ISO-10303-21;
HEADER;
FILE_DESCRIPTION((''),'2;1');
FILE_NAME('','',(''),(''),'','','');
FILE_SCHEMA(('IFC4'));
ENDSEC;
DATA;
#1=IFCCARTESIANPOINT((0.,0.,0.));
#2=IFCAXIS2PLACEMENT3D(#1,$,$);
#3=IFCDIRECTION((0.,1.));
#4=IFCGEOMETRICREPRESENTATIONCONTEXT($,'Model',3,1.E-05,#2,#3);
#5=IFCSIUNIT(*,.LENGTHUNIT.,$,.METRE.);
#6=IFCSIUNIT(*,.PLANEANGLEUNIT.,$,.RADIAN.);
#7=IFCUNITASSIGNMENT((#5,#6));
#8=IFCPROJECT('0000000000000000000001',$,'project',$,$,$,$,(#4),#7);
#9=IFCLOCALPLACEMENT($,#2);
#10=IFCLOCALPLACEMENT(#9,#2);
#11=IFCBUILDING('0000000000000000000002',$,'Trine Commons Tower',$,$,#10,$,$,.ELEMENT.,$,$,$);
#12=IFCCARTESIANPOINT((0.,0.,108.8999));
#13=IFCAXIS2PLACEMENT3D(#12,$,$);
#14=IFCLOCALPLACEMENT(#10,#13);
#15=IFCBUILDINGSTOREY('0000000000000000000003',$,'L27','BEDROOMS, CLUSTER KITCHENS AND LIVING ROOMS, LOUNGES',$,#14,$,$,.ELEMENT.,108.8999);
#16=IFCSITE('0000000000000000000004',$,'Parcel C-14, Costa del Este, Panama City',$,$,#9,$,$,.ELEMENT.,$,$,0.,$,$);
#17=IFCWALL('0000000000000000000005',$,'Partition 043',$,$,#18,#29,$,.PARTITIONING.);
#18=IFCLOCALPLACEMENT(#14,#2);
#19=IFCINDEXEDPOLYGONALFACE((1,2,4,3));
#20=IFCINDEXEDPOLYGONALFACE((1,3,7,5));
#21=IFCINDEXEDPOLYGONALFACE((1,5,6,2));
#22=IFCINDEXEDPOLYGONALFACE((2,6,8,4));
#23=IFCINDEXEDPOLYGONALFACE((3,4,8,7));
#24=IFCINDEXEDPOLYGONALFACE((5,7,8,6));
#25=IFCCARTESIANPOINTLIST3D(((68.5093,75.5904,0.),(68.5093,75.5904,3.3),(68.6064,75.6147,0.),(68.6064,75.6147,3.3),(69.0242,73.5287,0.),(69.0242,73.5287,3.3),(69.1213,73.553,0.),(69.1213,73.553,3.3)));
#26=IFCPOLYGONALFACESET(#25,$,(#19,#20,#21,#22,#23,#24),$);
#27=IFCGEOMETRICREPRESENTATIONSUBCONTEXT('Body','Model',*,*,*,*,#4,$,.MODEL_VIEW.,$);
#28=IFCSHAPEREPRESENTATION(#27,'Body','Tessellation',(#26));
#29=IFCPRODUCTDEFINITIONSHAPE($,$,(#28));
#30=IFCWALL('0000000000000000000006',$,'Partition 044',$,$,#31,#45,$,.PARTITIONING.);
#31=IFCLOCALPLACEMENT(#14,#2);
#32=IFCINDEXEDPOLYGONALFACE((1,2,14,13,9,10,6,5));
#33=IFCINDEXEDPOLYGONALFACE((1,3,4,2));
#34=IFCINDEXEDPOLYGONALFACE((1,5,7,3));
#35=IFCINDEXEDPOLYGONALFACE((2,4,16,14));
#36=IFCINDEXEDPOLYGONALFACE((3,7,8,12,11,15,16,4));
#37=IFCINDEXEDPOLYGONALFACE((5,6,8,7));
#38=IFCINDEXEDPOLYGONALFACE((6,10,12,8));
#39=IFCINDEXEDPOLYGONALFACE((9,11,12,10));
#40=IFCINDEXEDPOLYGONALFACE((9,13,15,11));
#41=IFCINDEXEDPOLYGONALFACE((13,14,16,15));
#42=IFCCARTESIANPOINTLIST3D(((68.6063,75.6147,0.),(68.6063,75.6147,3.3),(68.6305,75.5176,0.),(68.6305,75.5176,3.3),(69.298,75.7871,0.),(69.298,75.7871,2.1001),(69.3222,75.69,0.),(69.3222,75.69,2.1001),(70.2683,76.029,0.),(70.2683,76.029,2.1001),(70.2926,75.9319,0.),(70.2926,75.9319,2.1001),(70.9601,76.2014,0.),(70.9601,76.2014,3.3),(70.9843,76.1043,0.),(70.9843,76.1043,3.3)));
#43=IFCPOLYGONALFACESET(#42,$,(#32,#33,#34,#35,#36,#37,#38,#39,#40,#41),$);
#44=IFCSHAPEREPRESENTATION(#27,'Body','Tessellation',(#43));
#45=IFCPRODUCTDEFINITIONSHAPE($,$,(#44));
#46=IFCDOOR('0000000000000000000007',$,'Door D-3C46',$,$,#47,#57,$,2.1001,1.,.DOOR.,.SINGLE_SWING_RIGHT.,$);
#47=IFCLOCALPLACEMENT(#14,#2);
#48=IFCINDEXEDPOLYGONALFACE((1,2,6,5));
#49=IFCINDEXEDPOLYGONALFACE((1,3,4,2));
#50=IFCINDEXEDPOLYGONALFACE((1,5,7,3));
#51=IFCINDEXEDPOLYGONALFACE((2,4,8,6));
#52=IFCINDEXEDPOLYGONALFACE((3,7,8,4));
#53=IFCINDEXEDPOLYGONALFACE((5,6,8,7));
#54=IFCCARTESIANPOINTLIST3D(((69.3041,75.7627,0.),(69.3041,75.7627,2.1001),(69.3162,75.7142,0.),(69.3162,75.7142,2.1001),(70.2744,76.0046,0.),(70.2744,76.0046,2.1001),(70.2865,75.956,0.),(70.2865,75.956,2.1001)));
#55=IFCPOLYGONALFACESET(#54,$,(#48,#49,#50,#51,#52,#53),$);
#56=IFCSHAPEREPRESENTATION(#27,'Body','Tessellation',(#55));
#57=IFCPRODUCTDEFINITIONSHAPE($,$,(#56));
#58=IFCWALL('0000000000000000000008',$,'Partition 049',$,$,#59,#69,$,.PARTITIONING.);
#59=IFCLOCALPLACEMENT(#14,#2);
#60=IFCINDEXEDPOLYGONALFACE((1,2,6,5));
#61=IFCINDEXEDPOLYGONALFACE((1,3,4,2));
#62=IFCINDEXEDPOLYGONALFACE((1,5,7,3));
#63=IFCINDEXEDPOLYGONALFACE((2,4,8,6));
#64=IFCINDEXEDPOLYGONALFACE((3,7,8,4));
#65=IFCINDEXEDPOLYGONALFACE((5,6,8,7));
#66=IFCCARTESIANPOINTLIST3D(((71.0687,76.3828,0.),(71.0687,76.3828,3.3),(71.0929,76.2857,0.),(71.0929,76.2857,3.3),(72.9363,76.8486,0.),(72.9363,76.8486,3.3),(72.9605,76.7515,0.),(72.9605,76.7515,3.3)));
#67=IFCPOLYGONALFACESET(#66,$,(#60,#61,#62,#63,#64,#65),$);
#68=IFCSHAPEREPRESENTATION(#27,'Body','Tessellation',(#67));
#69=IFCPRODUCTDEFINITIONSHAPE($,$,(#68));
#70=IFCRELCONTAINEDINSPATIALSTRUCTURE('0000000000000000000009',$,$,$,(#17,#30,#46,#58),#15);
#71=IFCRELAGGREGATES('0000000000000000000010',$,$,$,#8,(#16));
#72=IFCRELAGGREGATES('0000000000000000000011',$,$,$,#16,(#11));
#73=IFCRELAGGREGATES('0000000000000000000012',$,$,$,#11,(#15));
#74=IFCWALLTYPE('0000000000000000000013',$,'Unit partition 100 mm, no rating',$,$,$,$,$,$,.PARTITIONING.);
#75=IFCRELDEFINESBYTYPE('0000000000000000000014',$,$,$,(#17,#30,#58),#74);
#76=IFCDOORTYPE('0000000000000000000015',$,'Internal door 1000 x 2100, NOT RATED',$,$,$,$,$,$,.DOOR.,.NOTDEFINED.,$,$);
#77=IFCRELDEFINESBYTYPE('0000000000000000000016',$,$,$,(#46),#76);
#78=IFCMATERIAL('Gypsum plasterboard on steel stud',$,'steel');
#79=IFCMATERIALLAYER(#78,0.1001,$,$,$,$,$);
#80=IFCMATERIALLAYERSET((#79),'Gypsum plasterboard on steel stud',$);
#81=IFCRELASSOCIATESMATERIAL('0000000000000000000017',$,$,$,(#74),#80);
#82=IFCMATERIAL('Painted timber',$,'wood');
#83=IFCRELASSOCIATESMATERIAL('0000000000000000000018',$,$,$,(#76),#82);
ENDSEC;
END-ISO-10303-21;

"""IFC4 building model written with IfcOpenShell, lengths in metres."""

from ifc_helpers import new_model, si_unit, direction, frame, frame_2d, origin, place, context, subcontext, project, spatial, rectangle, extrude, material, layer, layer_set, type_object, element, fill, save


model = new_model("IFC4")

# Units and contexts
model_context = context("Model", 3, precision=1e-05, world=origin(), true_north=direction((0.0, 1.0)))
body_context = subcontext(model_context, "Body", "Model", "MODEL_VIEW")
ifc_project = project(units=[si_unit("LENGTHUNIT", "METRE"), si_unit("PLANEANGLEUNIT", "RADIAN")], contexts=[model_context])

# Site, building, storey
site_placement = place(None, origin())
site = spatial("IfcSite", under=ifc_project, at=site_placement, Name="Parcel C-14, Costa del Este, Panama City", CompositionType="ELEMENT", RefElevation=0.0)
building_placement = place(site_placement, origin())
building = spatial("IfcBuilding", under=site, at=building_placement, Name="Trine Commons Tower", CompositionType="ELEMENT")
storey_placement = place(building_placement, frame((0.0, 0.0, 108.8999)))
storey = spatial("IfcBuildingStorey", under=building, at=storey_placement, Name="L27", Description="BEDROOMS, CLUSTER KITCHENS AND LIVING ROOMS, LOUNGES", CompositionType="ELEMENT", Elevation=108.8999)

# Shared definitions
ifc_material_1 = material(Name="Gypsum plasterboard on steel stud", Category="steel")

# Wall
ifc_layer_1 = layer(ifc_material_1, 0.1001)
ifc_layer_set_1 = layer_set([ifc_layer_1], Name="Gypsum plasterboard on steel stud")
wall_type_1 = type_object("IfcWallType", Name="Unit partition 100 mm, no rating", PredefinedType="PARTITIONING", material=ifc_layer_set_1)
wall_1_placement = place(storey_placement, frame((68.5579, 75.6025, 0.0), z_axis=(0.0, 0.0, 1.0), x_axis=(0.242292, -0.970203, 0.0)))
element("IfcWall", 1, at=wall_1_placement, inside=storey, type_object=wall_type_1, Name="Partition 043", PredefinedType="PARTITIONING", context=body_context, shape_type="SweptSolid", body=[
    extrude(rectangle(XDim=2.125, YDim=0.1001, at=frame_2d((1.0625, 0.0))), origin(), (0.0, 0.0, 1.0), 3.3),
])

# Wall, opening, door
wall_2_placement = place(storey_placement, frame((68.6184, 75.5662, 0.0), z_axis=(0.0, 0.0, 1.0), x_axis=(0.970314, 0.241849, 0.0)))
wall_2 = element("IfcWall", 2, at=wall_2_placement, inside=storey, type_object=wall_type_1, Name="Partition 044", PredefinedType="PARTITIONING", context=body_context, shape_type="SweptSolid", body=[
    extrude(rectangle(XDim=2.4258, YDim=0.1001, at=frame_2d((1.2129, 0.0))), origin(), (0.0, 0.0, 1.0), 3.3),
])
opening_1_placement = place(wall_2_placement, frame((0.7129, 0.0, 0.0)))
opening_1 = element("IfcOpeningElement", 3, at=opening_1_placement, cuts=wall_2, PredefinedType="OPENING", context=body_context, shape_type="SweptSolid", body=[
    extrude(rectangle(XDim=1.0, YDim=2.1001, at=frame_2d((0.5, 1.05))), frame((0.0, 0.0601, 0.0), z_axis=(0.0, -1.0, 0.0), x_axis=(1.0, 0.0, 0.0)), (0.0, 0.0, 1.0), 0.1201),
])
ifc_material_2 = material(Name="Painted timber", Category="wood")
door_type_1 = type_object("IfcDoorType", Name="Internal door 1000 x 2100, NOT RATED", OperationType="NOTDEFINED", PredefinedType="DOOR", material=ifc_material_2)
door_1_placement = place(opening_1_placement, origin())
door_1 = element("IfcDoor", 4, at=door_1_placement, inside=storey, type_object=door_type_1, Name="Door D-3C46", OperationType="SINGLE_SWING_RIGHT", OverallHeight=2.1001, OverallWidth=1.0, PredefinedType="DOOR", context=body_context, shape_type="SweptSolid", body=[
    extrude(rectangle(XDim=1.0, YDim=2.1001, at=frame_2d((0.5, 1.05))), frame((0.0, 0.0249, 0.0), z_axis=(0.0, -1.0, 0.0), x_axis=(1.0, 0.0, 0.0)), (0.0, 0.0, 1.0), 0.05),
])
fill(opening_1, door_1)

# Wall
wall_3_placement = place(storey_placement, frame((71.0808, 76.3342, 0.0), z_axis=(0.0, 0.0, 1.0), x_axis=(0.970277, 0.241998, 0.0)))
element("IfcWall", 5, at=wall_3_placement, inside=storey, type_object=wall_type_1, Name="Partition 049", PredefinedType="PARTITIONING", context=body_context, shape_type="SweptSolid", body=[
    extrude(rectangle(XDim=1.9248, YDim=0.1001, at=frame_2d((0.9624, 0.0))), origin(), (0.0, 0.0, 1.0), 3.3),
])

save(model, "model.ifc")
